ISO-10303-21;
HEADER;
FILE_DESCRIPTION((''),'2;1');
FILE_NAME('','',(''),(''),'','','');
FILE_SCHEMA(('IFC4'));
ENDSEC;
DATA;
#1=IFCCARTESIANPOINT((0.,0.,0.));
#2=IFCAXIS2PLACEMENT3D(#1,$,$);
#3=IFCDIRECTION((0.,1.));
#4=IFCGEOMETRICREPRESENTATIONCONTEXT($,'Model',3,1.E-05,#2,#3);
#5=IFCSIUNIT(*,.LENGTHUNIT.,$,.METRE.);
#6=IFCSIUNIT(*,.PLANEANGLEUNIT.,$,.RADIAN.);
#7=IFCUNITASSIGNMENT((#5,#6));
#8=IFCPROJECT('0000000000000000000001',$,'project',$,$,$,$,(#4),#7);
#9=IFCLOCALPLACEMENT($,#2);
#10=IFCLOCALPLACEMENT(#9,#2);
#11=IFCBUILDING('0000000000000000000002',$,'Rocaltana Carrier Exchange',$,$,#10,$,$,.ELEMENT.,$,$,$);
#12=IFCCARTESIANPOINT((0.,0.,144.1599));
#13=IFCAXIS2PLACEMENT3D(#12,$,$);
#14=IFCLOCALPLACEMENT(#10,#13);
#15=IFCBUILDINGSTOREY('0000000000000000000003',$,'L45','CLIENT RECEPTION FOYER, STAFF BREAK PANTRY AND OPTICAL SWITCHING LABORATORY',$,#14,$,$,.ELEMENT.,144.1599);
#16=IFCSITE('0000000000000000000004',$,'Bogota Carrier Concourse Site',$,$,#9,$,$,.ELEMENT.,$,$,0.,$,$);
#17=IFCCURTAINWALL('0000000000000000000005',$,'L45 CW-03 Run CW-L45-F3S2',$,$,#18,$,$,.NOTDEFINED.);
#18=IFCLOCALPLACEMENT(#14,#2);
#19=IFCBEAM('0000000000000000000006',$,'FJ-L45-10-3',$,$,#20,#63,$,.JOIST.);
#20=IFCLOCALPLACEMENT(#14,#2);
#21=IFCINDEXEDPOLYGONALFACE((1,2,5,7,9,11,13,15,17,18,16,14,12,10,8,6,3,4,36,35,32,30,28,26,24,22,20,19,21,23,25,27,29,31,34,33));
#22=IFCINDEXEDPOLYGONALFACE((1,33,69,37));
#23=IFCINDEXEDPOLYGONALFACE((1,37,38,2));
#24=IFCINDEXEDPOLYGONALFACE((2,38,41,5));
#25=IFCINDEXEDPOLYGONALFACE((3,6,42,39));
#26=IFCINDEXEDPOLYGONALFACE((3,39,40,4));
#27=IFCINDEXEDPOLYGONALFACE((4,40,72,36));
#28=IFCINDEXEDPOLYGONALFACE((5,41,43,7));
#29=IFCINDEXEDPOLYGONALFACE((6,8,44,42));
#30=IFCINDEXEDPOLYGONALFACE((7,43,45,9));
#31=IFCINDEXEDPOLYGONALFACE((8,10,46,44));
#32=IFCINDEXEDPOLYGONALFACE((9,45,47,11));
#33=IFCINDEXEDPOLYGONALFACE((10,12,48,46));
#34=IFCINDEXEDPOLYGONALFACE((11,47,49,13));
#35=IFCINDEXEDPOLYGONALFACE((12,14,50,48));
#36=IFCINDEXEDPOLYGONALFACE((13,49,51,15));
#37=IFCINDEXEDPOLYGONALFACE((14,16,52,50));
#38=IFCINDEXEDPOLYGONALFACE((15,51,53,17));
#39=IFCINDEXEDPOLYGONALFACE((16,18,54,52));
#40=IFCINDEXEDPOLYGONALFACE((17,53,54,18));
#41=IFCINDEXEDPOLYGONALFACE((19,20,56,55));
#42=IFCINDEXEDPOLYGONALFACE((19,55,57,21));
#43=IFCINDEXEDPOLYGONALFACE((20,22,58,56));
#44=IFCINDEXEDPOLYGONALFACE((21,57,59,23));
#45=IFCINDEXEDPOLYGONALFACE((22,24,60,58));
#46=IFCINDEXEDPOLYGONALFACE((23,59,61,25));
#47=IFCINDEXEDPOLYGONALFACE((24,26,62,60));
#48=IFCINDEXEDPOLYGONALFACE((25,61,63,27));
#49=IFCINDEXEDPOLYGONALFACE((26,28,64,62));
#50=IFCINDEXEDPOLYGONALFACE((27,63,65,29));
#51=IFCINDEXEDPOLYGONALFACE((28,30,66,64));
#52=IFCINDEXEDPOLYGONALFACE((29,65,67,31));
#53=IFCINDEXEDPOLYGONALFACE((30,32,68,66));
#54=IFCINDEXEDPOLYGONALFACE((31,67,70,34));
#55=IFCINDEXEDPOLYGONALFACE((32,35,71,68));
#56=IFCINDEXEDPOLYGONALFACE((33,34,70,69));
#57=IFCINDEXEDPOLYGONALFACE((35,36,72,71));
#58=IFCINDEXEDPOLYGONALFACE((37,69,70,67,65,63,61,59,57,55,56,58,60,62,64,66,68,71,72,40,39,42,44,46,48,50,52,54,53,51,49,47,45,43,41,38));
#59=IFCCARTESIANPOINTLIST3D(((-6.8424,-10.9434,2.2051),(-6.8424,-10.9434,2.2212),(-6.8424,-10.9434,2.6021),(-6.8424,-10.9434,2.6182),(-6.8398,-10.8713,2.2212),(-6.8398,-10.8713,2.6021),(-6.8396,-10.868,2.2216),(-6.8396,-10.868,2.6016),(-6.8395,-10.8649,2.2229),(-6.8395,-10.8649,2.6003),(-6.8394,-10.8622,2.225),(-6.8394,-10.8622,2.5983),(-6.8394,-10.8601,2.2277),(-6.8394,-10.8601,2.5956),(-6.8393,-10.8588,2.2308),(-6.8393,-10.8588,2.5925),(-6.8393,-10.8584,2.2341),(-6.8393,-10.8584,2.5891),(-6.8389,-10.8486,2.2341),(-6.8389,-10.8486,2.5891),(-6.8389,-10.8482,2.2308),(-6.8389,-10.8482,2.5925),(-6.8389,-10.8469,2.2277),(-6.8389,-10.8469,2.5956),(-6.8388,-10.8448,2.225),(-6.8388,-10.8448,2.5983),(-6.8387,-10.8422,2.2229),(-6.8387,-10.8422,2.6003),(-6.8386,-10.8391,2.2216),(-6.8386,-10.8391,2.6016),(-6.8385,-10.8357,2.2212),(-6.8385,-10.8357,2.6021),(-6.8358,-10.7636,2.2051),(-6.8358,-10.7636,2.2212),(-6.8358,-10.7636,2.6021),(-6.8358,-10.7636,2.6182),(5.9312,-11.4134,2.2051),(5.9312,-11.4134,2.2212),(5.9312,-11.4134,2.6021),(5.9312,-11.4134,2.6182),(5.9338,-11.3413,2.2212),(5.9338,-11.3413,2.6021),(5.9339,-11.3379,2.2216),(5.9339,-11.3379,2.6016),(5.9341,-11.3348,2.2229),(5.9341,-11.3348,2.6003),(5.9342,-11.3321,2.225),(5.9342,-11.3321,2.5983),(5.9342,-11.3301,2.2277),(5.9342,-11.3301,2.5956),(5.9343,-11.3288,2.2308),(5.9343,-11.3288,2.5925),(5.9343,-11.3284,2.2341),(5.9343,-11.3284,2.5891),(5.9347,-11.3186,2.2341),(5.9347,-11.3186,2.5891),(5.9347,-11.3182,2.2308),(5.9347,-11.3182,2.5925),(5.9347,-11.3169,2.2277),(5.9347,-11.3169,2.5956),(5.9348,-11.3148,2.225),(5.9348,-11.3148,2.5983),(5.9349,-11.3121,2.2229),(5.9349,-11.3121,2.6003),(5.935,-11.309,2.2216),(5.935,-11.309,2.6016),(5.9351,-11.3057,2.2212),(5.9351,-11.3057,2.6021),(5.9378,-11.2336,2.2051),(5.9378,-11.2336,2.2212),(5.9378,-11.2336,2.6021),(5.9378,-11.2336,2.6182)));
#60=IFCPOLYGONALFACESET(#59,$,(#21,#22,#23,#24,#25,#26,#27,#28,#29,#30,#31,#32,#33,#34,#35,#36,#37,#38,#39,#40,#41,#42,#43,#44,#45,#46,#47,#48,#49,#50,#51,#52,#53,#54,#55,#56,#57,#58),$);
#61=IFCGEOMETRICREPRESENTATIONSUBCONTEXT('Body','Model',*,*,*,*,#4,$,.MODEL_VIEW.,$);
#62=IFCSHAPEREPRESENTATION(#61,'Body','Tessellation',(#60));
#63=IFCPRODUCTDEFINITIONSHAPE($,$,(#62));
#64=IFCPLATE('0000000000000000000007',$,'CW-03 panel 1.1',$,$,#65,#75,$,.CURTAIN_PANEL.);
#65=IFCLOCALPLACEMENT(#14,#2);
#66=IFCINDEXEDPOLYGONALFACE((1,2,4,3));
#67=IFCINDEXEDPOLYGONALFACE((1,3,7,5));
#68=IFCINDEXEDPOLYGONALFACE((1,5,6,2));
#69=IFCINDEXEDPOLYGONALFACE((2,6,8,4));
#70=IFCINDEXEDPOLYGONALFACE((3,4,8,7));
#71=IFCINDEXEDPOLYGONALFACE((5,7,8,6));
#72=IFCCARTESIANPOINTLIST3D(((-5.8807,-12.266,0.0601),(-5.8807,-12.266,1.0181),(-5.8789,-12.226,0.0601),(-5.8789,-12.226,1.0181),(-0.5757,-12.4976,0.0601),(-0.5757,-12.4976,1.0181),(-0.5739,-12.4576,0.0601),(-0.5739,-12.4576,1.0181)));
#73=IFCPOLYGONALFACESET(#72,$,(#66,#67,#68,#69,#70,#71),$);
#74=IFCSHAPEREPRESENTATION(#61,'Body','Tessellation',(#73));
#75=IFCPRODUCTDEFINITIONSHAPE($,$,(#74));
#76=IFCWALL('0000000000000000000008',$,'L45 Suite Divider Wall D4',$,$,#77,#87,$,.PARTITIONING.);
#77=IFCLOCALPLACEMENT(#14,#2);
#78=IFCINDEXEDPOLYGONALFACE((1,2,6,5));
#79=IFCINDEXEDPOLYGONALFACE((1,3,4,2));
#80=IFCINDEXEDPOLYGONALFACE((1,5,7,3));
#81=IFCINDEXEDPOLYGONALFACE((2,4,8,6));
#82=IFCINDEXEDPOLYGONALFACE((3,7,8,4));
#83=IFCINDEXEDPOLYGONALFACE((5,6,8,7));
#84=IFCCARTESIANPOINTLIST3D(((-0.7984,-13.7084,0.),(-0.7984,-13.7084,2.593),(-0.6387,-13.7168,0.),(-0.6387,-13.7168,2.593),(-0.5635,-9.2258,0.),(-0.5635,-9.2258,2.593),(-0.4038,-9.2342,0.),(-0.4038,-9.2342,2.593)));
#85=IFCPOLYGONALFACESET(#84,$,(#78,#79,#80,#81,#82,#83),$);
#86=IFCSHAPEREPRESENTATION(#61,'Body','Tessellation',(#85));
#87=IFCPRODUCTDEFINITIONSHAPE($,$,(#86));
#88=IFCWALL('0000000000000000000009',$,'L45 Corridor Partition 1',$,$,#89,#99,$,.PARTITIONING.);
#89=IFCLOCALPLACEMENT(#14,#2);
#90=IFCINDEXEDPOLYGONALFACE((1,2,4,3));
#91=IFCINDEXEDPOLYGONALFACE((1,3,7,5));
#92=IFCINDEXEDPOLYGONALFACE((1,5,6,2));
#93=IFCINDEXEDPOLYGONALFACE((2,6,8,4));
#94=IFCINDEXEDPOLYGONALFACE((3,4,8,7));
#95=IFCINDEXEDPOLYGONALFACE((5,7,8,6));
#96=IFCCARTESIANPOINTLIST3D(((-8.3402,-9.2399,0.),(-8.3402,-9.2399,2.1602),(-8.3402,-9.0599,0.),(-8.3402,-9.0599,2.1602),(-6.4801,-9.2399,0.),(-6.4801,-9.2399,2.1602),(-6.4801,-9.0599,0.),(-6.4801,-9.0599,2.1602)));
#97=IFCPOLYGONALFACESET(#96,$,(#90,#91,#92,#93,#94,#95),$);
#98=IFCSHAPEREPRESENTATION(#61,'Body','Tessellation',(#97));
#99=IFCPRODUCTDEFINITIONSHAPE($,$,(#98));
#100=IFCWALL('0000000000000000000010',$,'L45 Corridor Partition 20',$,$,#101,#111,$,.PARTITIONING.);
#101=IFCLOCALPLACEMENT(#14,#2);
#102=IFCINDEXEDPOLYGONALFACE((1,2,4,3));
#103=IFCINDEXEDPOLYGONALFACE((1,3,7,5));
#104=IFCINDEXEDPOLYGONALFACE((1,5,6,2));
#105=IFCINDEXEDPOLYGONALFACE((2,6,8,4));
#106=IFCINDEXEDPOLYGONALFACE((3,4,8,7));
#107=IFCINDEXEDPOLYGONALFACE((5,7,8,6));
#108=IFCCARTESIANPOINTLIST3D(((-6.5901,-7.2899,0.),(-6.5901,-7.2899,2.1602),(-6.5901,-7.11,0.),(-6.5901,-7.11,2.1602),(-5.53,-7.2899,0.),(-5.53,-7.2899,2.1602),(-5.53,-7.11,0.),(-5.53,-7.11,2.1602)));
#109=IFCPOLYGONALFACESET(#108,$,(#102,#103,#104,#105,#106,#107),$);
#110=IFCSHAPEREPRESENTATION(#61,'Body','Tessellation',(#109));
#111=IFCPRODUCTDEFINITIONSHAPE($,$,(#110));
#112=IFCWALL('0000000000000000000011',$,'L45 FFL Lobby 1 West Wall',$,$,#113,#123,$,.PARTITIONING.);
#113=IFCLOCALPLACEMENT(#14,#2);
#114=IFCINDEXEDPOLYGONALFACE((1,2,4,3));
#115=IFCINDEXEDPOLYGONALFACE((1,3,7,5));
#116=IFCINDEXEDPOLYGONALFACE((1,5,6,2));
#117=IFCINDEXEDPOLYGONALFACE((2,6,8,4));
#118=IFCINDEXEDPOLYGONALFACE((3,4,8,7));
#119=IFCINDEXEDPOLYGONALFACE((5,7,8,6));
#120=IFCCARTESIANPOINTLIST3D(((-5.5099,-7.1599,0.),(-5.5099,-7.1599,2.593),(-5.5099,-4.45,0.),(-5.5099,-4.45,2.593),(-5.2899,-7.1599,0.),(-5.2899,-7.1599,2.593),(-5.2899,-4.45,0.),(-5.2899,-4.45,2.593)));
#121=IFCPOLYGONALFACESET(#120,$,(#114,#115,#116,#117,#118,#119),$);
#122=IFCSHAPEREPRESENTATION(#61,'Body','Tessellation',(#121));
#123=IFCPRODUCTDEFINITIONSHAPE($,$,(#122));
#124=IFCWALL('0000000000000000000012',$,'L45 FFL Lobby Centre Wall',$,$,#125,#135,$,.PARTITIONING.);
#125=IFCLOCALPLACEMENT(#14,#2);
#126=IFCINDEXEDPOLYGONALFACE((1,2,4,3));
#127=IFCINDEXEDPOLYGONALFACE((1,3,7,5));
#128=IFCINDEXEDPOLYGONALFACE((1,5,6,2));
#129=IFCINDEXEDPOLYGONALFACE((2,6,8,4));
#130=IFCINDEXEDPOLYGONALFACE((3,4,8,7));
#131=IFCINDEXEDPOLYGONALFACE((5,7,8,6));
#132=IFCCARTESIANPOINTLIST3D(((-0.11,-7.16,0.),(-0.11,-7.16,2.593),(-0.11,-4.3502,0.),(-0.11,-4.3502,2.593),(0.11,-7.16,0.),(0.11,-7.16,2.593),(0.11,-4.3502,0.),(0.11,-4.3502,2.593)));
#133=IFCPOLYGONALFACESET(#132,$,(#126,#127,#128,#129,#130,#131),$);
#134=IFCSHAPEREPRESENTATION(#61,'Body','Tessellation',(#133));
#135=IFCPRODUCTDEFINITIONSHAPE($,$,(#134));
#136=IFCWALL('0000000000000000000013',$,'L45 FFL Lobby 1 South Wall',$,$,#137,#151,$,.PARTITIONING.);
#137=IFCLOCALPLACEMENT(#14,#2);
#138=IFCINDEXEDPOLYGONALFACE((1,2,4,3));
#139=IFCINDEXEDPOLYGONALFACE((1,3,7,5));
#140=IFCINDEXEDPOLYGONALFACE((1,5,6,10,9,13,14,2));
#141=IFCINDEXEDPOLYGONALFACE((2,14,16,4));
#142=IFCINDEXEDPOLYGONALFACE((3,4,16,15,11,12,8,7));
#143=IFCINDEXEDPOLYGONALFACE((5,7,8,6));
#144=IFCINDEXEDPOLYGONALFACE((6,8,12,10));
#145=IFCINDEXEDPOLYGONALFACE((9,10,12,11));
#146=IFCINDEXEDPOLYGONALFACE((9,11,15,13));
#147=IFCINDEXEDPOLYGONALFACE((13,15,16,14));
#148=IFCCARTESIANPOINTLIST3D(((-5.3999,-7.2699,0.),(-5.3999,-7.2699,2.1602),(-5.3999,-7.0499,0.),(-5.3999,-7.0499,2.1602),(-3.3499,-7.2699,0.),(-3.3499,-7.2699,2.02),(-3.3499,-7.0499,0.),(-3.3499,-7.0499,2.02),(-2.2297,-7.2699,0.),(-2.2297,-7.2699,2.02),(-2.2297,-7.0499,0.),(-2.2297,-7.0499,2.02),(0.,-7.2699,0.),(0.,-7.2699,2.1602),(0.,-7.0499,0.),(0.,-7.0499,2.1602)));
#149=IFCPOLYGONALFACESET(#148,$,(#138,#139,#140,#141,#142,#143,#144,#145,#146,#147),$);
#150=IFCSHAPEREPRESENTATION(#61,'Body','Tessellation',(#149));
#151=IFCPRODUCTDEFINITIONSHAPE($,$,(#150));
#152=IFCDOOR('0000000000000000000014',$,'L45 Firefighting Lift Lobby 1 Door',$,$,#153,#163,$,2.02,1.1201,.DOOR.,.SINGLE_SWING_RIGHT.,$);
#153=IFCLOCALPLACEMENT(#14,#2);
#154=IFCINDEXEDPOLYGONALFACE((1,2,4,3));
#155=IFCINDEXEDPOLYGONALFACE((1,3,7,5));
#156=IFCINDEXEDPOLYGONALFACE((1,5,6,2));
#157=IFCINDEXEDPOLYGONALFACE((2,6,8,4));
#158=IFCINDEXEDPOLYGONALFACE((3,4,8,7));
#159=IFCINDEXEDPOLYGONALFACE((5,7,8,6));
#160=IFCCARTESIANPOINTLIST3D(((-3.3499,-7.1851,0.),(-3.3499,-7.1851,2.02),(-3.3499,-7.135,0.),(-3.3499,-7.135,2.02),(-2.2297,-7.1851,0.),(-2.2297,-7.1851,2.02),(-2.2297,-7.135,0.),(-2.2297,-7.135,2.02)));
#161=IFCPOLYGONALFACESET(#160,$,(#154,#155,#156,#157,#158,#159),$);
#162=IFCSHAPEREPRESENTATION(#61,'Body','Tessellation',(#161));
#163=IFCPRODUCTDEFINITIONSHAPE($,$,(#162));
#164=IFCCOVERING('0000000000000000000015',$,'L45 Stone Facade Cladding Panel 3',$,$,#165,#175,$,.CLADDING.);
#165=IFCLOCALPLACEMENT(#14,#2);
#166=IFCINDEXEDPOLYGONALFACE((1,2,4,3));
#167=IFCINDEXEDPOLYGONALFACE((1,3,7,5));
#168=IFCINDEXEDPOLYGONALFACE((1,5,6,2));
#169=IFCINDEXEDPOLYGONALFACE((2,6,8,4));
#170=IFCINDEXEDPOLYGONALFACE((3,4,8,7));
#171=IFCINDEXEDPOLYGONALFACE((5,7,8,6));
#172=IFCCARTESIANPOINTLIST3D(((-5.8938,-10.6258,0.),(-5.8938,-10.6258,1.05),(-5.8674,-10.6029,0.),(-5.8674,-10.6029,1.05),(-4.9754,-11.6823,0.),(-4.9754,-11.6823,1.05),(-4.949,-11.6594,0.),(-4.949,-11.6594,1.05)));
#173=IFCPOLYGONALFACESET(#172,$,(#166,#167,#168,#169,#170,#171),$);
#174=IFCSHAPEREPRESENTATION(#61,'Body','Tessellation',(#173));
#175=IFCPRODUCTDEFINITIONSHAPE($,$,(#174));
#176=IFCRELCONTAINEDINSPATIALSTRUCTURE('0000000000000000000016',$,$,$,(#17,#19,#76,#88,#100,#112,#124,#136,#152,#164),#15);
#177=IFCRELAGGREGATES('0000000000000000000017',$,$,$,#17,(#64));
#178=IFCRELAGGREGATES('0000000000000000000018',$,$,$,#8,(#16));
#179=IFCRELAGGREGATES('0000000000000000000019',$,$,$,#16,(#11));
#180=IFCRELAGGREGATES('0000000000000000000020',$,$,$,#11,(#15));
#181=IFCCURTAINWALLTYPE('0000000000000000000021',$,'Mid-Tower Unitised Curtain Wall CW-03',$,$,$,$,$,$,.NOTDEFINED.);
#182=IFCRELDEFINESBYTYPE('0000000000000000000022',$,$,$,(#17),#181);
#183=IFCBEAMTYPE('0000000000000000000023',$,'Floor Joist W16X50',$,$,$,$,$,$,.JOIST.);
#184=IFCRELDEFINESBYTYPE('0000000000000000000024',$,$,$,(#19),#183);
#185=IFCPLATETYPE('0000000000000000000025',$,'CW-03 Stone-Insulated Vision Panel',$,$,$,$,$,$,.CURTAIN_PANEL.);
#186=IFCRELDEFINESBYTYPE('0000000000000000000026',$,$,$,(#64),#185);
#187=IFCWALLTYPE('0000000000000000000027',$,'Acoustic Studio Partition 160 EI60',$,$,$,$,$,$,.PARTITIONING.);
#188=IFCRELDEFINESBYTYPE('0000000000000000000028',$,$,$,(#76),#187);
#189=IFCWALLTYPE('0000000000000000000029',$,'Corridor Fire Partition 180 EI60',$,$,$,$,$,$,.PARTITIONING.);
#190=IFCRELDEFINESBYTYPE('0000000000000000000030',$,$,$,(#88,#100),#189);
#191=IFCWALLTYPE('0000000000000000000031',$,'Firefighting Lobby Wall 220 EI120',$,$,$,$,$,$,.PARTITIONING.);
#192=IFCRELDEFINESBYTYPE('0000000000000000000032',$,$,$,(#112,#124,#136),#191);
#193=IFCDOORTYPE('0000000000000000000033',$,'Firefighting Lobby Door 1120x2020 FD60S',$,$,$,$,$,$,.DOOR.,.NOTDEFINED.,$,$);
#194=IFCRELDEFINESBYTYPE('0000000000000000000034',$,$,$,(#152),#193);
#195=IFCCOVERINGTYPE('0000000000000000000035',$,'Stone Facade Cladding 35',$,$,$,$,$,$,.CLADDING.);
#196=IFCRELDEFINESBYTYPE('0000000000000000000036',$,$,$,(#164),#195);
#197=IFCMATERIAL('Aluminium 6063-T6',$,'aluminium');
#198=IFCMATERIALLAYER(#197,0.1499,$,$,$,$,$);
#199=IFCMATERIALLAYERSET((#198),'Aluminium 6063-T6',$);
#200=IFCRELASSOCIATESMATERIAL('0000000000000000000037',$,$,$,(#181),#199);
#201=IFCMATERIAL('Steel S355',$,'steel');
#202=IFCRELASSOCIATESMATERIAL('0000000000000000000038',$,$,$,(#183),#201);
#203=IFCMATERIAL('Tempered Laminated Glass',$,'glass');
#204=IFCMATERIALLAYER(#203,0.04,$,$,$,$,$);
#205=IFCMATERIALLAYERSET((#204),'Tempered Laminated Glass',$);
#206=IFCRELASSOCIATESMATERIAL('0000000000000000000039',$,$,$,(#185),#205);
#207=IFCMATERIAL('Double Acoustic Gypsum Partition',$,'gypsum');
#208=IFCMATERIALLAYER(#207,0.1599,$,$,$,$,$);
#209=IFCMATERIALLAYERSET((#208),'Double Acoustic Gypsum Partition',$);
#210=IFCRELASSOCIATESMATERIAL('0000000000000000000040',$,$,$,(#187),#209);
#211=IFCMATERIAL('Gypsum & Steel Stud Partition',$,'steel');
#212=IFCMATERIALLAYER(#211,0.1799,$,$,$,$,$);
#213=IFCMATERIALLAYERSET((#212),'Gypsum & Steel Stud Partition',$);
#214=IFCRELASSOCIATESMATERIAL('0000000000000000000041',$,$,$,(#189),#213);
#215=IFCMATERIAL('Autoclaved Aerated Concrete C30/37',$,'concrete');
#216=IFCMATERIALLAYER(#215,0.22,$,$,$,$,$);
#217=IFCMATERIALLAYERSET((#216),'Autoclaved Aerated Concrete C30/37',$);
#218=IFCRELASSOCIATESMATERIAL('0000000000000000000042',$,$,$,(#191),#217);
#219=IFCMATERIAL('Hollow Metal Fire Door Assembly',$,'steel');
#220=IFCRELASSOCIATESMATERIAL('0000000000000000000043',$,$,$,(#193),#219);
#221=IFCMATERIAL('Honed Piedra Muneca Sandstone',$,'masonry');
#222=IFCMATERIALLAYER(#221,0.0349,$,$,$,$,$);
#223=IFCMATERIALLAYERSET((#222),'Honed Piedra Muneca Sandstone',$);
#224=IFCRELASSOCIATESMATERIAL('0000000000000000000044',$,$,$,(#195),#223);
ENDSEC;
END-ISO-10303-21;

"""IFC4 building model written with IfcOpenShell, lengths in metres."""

from ifc_helpers import new_model, si_unit, direction, frame, frame_2d, origin, origin_2d, place, context, subcontext, project, spatial, rectangle, i_section, extrude, material, layer, layer_set, material_profile, profile_set, type_object, element, fill, aggregate, save


model = new_model("IFC4")

# Units and contexts
model_context = context("Model", 3, precision=1e-05, world=origin(), true_north=direction((0.0, 1.0)))
body_context = subcontext(model_context, "Body", "Model", "MODEL_VIEW")
ifc_project = project(units=[si_unit("LENGTHUNIT", "METRE"), si_unit("PLANEANGLEUNIT", "RADIAN")], contexts=[model_context])

# Site, building, storey
site_placement = place(None, origin())
site = spatial("IfcSite", under=ifc_project, at=site_placement, Name="Bogota Carrier Concourse Site", CompositionType="ELEMENT", RefElevation=0.0)
building_placement = place(site_placement, origin())
building = spatial("IfcBuilding", under=site, at=building_placement, Name="Rocaltana Carrier Exchange", CompositionType="ELEMENT")
storey_placement = place(building_placement, frame((0.0, 0.0, 144.1599)))
storey = spatial("IfcBuildingStorey", under=building, at=storey_placement, Name="L45", Description="CLIENT RECEPTION FOYER, STAFF BREAK PANTRY AND OPTICAL SWITCHING LABORATORY", CompositionType="ELEMENT", Elevation=144.1599)

# Curtain wall
ifc_material_1 = material(Name="Aluminium 6063-T6", Category="aluminium")
ifc_layer_1 = layer(ifc_material_1, 0.1499)
ifc_layer_set_1 = layer_set([ifc_layer_1], Name="Aluminium 6063-T6")
curtain_wall_type = type_object("IfcCurtainWallType", Name="Mid-Tower Unitised Curtain Wall CW-03", PredefinedType="NOTDEFINED", material=ifc_layer_set_1)
curtain_wall_placement = place(storey_placement, origin())
curtain_wall = element("IfcCurtainWall", 1, at=curtain_wall_placement, inside=storey, type_object=curtain_wall_type, Name="L45 CW-03 Run CW-L45-F3S2", PredefinedType="NOTDEFINED")

# Beam
ifc_material_2 = material(Name="Steel S355", Category="steel")
ifc_material_profile_1 = material_profile(ifc_material_2, i_section(OverallWidth=0.1799, OverallDepth=0.4131, WebThickness=0.0098, FlangeThickness=0.0161, FilletRadius=0.0129, at=origin_2d()), Name="W16X50")
ifc_profile_set_1 = profile_set([ifc_material_profile_1], Name="Steel S355")
beam_type = type_object("IfcBeamType", Name="Floor Joist W16X50", PredefinedType="JOIST", material=ifc_profile_set_1)
beam_1_placement = place(storey_placement, frame((-6.8391, -10.8535, 2.4116), z_axis=(0.999324, -0.036767, 0.0), x_axis=(0.036767, 0.999324, 0.0)))
element("IfcBeam", 2, at=beam_1_placement, inside=storey, type_object=beam_type, Name="FJ-L45-10-3", PredefinedType="JOIST", context=body_context, shape_type="SweptSolid", body=[
    extrude(i_section(OverallWidth=0.1799, OverallDepth=0.4131, WebThickness=0.0098, FlangeThickness=0.0161, FilletRadius=0.0129, at=origin_2d()), origin(), (0.0, 0.0, 1.0), 12.7822),
])

# Plate
ifc_material_3 = material(Name="Tempered Laminated Glass", Category="glass")
ifc_layer_2 = layer(ifc_material_3, 0.04)
ifc_layer_set_2 = layer_set([ifc_layer_2], Name="Tempered Laminated Glass")
plate_type = type_object("IfcPlateType", Name="CW-03 Stone-Insulated Vision Panel", PredefinedType="CURTAIN_PANEL", material=ifc_layer_set_2)
plate_placement = place(storey_placement, frame((-3.2273, -12.3618, 0.0601), z_axis=(0.0, 0.0, 1.0), x_axis=(0.999048, -0.04362, 0.0)))
plate = element("IfcPlate", 3, at=plate_placement, type_object=plate_type, Name="CW-03 panel 1.1", PredefinedType="CURTAIN_PANEL", context=body_context, shape_type="SweptSolid", body=[
    extrude(rectangle(XDim=5.3101, YDim=0.04, at=origin_2d()), origin(), (0.0, 0.0, 1.0), 0.958),
])
aggregate(curtain_wall, [plate])

# Walls
ifc_material_4 = material(Name="Double Acoustic Gypsum Partition", Category="gypsum")
ifc_layer_3 = layer(ifc_material_4, 0.1599)
ifc_layer_set_3 = layer_set([ifc_layer_3], Name="Double Acoustic Gypsum Partition")
wall_type_1 = type_object("IfcWallType", Name="Acoustic Studio Partition 160 EI60", PredefinedType="PARTITIONING", material=ifc_layer_set_3)
wall_1_placement = place(storey_placement, frame((-0.4836, -9.23, 0.0), z_axis=(0.0, 0.0, 1.0), x_axis=(-0.052322, -0.99863, 0.0)))
element("IfcWall", 4, at=wall_1_placement, inside=storey, type_object=wall_type_1, Name="L45 Suite Divider Wall D4", PredefinedType="PARTITIONING", context=body_context, shape_type="SweptSolid", body=[
    extrude(rectangle(XDim=4.4888, YDim=0.1599, at=frame_2d((2.2444, 0.0))), origin(), (0.0, 0.0, 1.0), 2.593),
])
ifc_material_5 = material(Name="Gypsum & Steel Stud Partition", Category="steel")
ifc_layer_4 = layer(ifc_material_5, 0.1799)
ifc_layer_set_4 = layer_set([ifc_layer_4], Name="Gypsum & Steel Stud Partition")
wall_type_2 = type_object("IfcWallType", Name="Corridor Fire Partition 180 EI60", PredefinedType="PARTITIONING", material=ifc_layer_set_4)
wall_2_placement = place(storey_placement, frame((-6.48, -9.1499, 0.0), z_axis=(0.0, 0.0, 1.0), x_axis=(-1.0, 0.0, 0.0)))
element("IfcWall", 5, at=wall_2_placement, inside=storey, type_object=wall_type_2, Name="L45 Corridor Partition 1", PredefinedType="PARTITIONING", context=body_context, shape_type="SweptSolid", body=[
    extrude(rectangle(XDim=1.8601, YDim=0.1799, at=frame_2d((0.9302, 0.0))), origin(), (0.0, 0.0, 1.0), 2.1602),
])
wall_3_placement = place(storey_placement, frame((-6.5901, -7.2, 0.0), z_axis=(0.0, 0.0, 1.0), x_axis=(1.0, 0.0, 0.0)))
element("IfcWall", 6, at=wall_3_placement, inside=storey, type_object=wall_type_2, Name="L45 Corridor Partition 20", PredefinedType="PARTITIONING", context=body_context, shape_type="SweptSolid", body=[
    extrude(rectangle(XDim=1.0601, YDim=0.1799, at=frame_2d((0.53, 0.0))), origin(), (0.0, 0.0, 1.0), 2.1602),
])
ifc_material_6 = material(Name="Autoclaved Aerated Concrete C30/37", Category="concrete")
ifc_layer_5 = layer(ifc_material_6, 0.22)
ifc_layer_set_5 = layer_set([ifc_layer_5], Name="Autoclaved Aerated Concrete C30/37")
wall_type_3 = type_object("IfcWallType", Name="Firefighting Lobby Wall 220 EI120", PredefinedType="PARTITIONING", material=ifc_layer_set_5)
wall_4_placement = place(storey_placement, frame((-5.3999, -7.1599, 0.0), z_axis=(0.0, 0.0, 1.0), x_axis=(0.0, 1.0, 0.0)))
element("IfcWall", 7, at=wall_4_placement, inside=storey, type_object=wall_type_3, Name="L45 FFL Lobby 1 West Wall", PredefinedType="PARTITIONING", context=body_context, shape_type="SweptSolid", body=[
    extrude(rectangle(XDim=2.71, YDim=0.22, at=frame_2d((1.355, 0.0))), origin(), (0.0, 0.0, 1.0), 2.593),
])
wall_5_placement = place(storey_placement, frame((0.0, -7.1599, 0.0), z_axis=(0.0, 0.0, 1.0), x_axis=(0.0, 1.0, 0.0)))
element("IfcWall", 8, at=wall_5_placement, inside=storey, type_object=wall_type_3, Name="L45 FFL Lobby Centre Wall", PredefinedType="PARTITIONING", context=body_context, shape_type="SweptSolid", body=[
    extrude(rectangle(XDim=2.8098, YDim=0.22, at=frame_2d((1.4048, 0.0))), origin(), (0.0, 0.0, 1.0), 2.593),
])

# Wall, opening, door
wall_6_placement = place(storey_placement, frame((-5.3999, -7.1599, 0.0), z_axis=(0.0, 0.0, 1.0), x_axis=(1.0, 0.0, 0.0)))
wall_6 = element("IfcWall", 9, at=wall_6_placement, inside=storey, type_object=wall_type_3, Name="L45 FFL Lobby 1 South Wall", PredefinedType="PARTITIONING", context=body_context, shape_type="SweptSolid", body=[
    extrude(rectangle(XDim=5.3999, YDim=0.22, at=frame_2d((2.7, 0.0))), origin(), (0.0, 0.0, 1.0), 2.1602),
])
opening_placement = place(wall_6_placement, frame((2.05, 0.0, 0.0)))
opening = element("IfcOpeningElement", 10, at=opening_placement, cuts=wall_6, PredefinedType="OPENING", context=body_context, shape_type="SweptSolid", body=[
    extrude(rectangle(XDim=1.1201, YDim=2.02, at=frame_2d((0.5601, 1.01))), frame((0.0, 0.1199, 0.0), z_axis=(0.0, -1.0, 0.0), x_axis=(1.0, 0.0, 0.0)), (0.0, 0.0, 1.0), 0.24),
])
ifc_material_7 = material(Name="Hollow Metal Fire Door Assembly", Category="steel")
door_type = type_object("IfcDoorType", Name="Firefighting Lobby Door 1120x2020 FD60S", OperationType="NOTDEFINED", PredefinedType="DOOR", material=ifc_material_7)
door_placement = place(opening_placement, origin())
door = element("IfcDoor", 11, at=door_placement, inside=storey, type_object=door_type, Name="L45 Firefighting Lift Lobby 1 Door", OperationType="SINGLE_SWING_RIGHT", OverallHeight=2.02, OverallWidth=1.1201, PredefinedType="DOOR", context=body_context, shape_type="SweptSolid", body=[
    extrude(rectangle(XDim=1.1201, YDim=2.02, at=frame_2d((0.5601, 1.01))), frame((0.0, 0.0249, 0.0), z_axis=(0.0, -1.0, 0.0), x_axis=(1.0, 0.0, 0.0)), (0.0, 0.0, 1.0), 0.05),
])
fill(opening, door)

# Covering
ifc_material_8 = material(Name="Honed Piedra Muneca Sandstone", Category="masonry")
ifc_layer_6 = layer(ifc_material_8, 0.0349)
ifc_layer_set_6 = layer_set([ifc_layer_6], Name="Honed Piedra Muneca Sandstone")
covering_type = type_object("IfcCoveringType", Name="Stone Facade Cladding 35", PredefinedType="CLADDING", material=ifc_layer_set_6)
covering_placement = place(storey_placement, frame((-5.4214, -11.1426, 0.0), z_axis=(0.0, 0.0, 1.0), x_axis=(-0.656059, 0.75471, 0.0)))
element("IfcCovering", 12, at=covering_placement, inside=storey, type_object=covering_type, Name="L45 Stone Facade Cladding Panel 3", PredefinedType="CLADDING", context=body_context, shape_type="SweptSolid", body=[
    extrude(rectangle(XDim=1.3999, YDim=0.0349, at=origin_2d()), origin(), (0.0, 0.0, 1.0), 1.05),
])

save(model, "model.ifc")
